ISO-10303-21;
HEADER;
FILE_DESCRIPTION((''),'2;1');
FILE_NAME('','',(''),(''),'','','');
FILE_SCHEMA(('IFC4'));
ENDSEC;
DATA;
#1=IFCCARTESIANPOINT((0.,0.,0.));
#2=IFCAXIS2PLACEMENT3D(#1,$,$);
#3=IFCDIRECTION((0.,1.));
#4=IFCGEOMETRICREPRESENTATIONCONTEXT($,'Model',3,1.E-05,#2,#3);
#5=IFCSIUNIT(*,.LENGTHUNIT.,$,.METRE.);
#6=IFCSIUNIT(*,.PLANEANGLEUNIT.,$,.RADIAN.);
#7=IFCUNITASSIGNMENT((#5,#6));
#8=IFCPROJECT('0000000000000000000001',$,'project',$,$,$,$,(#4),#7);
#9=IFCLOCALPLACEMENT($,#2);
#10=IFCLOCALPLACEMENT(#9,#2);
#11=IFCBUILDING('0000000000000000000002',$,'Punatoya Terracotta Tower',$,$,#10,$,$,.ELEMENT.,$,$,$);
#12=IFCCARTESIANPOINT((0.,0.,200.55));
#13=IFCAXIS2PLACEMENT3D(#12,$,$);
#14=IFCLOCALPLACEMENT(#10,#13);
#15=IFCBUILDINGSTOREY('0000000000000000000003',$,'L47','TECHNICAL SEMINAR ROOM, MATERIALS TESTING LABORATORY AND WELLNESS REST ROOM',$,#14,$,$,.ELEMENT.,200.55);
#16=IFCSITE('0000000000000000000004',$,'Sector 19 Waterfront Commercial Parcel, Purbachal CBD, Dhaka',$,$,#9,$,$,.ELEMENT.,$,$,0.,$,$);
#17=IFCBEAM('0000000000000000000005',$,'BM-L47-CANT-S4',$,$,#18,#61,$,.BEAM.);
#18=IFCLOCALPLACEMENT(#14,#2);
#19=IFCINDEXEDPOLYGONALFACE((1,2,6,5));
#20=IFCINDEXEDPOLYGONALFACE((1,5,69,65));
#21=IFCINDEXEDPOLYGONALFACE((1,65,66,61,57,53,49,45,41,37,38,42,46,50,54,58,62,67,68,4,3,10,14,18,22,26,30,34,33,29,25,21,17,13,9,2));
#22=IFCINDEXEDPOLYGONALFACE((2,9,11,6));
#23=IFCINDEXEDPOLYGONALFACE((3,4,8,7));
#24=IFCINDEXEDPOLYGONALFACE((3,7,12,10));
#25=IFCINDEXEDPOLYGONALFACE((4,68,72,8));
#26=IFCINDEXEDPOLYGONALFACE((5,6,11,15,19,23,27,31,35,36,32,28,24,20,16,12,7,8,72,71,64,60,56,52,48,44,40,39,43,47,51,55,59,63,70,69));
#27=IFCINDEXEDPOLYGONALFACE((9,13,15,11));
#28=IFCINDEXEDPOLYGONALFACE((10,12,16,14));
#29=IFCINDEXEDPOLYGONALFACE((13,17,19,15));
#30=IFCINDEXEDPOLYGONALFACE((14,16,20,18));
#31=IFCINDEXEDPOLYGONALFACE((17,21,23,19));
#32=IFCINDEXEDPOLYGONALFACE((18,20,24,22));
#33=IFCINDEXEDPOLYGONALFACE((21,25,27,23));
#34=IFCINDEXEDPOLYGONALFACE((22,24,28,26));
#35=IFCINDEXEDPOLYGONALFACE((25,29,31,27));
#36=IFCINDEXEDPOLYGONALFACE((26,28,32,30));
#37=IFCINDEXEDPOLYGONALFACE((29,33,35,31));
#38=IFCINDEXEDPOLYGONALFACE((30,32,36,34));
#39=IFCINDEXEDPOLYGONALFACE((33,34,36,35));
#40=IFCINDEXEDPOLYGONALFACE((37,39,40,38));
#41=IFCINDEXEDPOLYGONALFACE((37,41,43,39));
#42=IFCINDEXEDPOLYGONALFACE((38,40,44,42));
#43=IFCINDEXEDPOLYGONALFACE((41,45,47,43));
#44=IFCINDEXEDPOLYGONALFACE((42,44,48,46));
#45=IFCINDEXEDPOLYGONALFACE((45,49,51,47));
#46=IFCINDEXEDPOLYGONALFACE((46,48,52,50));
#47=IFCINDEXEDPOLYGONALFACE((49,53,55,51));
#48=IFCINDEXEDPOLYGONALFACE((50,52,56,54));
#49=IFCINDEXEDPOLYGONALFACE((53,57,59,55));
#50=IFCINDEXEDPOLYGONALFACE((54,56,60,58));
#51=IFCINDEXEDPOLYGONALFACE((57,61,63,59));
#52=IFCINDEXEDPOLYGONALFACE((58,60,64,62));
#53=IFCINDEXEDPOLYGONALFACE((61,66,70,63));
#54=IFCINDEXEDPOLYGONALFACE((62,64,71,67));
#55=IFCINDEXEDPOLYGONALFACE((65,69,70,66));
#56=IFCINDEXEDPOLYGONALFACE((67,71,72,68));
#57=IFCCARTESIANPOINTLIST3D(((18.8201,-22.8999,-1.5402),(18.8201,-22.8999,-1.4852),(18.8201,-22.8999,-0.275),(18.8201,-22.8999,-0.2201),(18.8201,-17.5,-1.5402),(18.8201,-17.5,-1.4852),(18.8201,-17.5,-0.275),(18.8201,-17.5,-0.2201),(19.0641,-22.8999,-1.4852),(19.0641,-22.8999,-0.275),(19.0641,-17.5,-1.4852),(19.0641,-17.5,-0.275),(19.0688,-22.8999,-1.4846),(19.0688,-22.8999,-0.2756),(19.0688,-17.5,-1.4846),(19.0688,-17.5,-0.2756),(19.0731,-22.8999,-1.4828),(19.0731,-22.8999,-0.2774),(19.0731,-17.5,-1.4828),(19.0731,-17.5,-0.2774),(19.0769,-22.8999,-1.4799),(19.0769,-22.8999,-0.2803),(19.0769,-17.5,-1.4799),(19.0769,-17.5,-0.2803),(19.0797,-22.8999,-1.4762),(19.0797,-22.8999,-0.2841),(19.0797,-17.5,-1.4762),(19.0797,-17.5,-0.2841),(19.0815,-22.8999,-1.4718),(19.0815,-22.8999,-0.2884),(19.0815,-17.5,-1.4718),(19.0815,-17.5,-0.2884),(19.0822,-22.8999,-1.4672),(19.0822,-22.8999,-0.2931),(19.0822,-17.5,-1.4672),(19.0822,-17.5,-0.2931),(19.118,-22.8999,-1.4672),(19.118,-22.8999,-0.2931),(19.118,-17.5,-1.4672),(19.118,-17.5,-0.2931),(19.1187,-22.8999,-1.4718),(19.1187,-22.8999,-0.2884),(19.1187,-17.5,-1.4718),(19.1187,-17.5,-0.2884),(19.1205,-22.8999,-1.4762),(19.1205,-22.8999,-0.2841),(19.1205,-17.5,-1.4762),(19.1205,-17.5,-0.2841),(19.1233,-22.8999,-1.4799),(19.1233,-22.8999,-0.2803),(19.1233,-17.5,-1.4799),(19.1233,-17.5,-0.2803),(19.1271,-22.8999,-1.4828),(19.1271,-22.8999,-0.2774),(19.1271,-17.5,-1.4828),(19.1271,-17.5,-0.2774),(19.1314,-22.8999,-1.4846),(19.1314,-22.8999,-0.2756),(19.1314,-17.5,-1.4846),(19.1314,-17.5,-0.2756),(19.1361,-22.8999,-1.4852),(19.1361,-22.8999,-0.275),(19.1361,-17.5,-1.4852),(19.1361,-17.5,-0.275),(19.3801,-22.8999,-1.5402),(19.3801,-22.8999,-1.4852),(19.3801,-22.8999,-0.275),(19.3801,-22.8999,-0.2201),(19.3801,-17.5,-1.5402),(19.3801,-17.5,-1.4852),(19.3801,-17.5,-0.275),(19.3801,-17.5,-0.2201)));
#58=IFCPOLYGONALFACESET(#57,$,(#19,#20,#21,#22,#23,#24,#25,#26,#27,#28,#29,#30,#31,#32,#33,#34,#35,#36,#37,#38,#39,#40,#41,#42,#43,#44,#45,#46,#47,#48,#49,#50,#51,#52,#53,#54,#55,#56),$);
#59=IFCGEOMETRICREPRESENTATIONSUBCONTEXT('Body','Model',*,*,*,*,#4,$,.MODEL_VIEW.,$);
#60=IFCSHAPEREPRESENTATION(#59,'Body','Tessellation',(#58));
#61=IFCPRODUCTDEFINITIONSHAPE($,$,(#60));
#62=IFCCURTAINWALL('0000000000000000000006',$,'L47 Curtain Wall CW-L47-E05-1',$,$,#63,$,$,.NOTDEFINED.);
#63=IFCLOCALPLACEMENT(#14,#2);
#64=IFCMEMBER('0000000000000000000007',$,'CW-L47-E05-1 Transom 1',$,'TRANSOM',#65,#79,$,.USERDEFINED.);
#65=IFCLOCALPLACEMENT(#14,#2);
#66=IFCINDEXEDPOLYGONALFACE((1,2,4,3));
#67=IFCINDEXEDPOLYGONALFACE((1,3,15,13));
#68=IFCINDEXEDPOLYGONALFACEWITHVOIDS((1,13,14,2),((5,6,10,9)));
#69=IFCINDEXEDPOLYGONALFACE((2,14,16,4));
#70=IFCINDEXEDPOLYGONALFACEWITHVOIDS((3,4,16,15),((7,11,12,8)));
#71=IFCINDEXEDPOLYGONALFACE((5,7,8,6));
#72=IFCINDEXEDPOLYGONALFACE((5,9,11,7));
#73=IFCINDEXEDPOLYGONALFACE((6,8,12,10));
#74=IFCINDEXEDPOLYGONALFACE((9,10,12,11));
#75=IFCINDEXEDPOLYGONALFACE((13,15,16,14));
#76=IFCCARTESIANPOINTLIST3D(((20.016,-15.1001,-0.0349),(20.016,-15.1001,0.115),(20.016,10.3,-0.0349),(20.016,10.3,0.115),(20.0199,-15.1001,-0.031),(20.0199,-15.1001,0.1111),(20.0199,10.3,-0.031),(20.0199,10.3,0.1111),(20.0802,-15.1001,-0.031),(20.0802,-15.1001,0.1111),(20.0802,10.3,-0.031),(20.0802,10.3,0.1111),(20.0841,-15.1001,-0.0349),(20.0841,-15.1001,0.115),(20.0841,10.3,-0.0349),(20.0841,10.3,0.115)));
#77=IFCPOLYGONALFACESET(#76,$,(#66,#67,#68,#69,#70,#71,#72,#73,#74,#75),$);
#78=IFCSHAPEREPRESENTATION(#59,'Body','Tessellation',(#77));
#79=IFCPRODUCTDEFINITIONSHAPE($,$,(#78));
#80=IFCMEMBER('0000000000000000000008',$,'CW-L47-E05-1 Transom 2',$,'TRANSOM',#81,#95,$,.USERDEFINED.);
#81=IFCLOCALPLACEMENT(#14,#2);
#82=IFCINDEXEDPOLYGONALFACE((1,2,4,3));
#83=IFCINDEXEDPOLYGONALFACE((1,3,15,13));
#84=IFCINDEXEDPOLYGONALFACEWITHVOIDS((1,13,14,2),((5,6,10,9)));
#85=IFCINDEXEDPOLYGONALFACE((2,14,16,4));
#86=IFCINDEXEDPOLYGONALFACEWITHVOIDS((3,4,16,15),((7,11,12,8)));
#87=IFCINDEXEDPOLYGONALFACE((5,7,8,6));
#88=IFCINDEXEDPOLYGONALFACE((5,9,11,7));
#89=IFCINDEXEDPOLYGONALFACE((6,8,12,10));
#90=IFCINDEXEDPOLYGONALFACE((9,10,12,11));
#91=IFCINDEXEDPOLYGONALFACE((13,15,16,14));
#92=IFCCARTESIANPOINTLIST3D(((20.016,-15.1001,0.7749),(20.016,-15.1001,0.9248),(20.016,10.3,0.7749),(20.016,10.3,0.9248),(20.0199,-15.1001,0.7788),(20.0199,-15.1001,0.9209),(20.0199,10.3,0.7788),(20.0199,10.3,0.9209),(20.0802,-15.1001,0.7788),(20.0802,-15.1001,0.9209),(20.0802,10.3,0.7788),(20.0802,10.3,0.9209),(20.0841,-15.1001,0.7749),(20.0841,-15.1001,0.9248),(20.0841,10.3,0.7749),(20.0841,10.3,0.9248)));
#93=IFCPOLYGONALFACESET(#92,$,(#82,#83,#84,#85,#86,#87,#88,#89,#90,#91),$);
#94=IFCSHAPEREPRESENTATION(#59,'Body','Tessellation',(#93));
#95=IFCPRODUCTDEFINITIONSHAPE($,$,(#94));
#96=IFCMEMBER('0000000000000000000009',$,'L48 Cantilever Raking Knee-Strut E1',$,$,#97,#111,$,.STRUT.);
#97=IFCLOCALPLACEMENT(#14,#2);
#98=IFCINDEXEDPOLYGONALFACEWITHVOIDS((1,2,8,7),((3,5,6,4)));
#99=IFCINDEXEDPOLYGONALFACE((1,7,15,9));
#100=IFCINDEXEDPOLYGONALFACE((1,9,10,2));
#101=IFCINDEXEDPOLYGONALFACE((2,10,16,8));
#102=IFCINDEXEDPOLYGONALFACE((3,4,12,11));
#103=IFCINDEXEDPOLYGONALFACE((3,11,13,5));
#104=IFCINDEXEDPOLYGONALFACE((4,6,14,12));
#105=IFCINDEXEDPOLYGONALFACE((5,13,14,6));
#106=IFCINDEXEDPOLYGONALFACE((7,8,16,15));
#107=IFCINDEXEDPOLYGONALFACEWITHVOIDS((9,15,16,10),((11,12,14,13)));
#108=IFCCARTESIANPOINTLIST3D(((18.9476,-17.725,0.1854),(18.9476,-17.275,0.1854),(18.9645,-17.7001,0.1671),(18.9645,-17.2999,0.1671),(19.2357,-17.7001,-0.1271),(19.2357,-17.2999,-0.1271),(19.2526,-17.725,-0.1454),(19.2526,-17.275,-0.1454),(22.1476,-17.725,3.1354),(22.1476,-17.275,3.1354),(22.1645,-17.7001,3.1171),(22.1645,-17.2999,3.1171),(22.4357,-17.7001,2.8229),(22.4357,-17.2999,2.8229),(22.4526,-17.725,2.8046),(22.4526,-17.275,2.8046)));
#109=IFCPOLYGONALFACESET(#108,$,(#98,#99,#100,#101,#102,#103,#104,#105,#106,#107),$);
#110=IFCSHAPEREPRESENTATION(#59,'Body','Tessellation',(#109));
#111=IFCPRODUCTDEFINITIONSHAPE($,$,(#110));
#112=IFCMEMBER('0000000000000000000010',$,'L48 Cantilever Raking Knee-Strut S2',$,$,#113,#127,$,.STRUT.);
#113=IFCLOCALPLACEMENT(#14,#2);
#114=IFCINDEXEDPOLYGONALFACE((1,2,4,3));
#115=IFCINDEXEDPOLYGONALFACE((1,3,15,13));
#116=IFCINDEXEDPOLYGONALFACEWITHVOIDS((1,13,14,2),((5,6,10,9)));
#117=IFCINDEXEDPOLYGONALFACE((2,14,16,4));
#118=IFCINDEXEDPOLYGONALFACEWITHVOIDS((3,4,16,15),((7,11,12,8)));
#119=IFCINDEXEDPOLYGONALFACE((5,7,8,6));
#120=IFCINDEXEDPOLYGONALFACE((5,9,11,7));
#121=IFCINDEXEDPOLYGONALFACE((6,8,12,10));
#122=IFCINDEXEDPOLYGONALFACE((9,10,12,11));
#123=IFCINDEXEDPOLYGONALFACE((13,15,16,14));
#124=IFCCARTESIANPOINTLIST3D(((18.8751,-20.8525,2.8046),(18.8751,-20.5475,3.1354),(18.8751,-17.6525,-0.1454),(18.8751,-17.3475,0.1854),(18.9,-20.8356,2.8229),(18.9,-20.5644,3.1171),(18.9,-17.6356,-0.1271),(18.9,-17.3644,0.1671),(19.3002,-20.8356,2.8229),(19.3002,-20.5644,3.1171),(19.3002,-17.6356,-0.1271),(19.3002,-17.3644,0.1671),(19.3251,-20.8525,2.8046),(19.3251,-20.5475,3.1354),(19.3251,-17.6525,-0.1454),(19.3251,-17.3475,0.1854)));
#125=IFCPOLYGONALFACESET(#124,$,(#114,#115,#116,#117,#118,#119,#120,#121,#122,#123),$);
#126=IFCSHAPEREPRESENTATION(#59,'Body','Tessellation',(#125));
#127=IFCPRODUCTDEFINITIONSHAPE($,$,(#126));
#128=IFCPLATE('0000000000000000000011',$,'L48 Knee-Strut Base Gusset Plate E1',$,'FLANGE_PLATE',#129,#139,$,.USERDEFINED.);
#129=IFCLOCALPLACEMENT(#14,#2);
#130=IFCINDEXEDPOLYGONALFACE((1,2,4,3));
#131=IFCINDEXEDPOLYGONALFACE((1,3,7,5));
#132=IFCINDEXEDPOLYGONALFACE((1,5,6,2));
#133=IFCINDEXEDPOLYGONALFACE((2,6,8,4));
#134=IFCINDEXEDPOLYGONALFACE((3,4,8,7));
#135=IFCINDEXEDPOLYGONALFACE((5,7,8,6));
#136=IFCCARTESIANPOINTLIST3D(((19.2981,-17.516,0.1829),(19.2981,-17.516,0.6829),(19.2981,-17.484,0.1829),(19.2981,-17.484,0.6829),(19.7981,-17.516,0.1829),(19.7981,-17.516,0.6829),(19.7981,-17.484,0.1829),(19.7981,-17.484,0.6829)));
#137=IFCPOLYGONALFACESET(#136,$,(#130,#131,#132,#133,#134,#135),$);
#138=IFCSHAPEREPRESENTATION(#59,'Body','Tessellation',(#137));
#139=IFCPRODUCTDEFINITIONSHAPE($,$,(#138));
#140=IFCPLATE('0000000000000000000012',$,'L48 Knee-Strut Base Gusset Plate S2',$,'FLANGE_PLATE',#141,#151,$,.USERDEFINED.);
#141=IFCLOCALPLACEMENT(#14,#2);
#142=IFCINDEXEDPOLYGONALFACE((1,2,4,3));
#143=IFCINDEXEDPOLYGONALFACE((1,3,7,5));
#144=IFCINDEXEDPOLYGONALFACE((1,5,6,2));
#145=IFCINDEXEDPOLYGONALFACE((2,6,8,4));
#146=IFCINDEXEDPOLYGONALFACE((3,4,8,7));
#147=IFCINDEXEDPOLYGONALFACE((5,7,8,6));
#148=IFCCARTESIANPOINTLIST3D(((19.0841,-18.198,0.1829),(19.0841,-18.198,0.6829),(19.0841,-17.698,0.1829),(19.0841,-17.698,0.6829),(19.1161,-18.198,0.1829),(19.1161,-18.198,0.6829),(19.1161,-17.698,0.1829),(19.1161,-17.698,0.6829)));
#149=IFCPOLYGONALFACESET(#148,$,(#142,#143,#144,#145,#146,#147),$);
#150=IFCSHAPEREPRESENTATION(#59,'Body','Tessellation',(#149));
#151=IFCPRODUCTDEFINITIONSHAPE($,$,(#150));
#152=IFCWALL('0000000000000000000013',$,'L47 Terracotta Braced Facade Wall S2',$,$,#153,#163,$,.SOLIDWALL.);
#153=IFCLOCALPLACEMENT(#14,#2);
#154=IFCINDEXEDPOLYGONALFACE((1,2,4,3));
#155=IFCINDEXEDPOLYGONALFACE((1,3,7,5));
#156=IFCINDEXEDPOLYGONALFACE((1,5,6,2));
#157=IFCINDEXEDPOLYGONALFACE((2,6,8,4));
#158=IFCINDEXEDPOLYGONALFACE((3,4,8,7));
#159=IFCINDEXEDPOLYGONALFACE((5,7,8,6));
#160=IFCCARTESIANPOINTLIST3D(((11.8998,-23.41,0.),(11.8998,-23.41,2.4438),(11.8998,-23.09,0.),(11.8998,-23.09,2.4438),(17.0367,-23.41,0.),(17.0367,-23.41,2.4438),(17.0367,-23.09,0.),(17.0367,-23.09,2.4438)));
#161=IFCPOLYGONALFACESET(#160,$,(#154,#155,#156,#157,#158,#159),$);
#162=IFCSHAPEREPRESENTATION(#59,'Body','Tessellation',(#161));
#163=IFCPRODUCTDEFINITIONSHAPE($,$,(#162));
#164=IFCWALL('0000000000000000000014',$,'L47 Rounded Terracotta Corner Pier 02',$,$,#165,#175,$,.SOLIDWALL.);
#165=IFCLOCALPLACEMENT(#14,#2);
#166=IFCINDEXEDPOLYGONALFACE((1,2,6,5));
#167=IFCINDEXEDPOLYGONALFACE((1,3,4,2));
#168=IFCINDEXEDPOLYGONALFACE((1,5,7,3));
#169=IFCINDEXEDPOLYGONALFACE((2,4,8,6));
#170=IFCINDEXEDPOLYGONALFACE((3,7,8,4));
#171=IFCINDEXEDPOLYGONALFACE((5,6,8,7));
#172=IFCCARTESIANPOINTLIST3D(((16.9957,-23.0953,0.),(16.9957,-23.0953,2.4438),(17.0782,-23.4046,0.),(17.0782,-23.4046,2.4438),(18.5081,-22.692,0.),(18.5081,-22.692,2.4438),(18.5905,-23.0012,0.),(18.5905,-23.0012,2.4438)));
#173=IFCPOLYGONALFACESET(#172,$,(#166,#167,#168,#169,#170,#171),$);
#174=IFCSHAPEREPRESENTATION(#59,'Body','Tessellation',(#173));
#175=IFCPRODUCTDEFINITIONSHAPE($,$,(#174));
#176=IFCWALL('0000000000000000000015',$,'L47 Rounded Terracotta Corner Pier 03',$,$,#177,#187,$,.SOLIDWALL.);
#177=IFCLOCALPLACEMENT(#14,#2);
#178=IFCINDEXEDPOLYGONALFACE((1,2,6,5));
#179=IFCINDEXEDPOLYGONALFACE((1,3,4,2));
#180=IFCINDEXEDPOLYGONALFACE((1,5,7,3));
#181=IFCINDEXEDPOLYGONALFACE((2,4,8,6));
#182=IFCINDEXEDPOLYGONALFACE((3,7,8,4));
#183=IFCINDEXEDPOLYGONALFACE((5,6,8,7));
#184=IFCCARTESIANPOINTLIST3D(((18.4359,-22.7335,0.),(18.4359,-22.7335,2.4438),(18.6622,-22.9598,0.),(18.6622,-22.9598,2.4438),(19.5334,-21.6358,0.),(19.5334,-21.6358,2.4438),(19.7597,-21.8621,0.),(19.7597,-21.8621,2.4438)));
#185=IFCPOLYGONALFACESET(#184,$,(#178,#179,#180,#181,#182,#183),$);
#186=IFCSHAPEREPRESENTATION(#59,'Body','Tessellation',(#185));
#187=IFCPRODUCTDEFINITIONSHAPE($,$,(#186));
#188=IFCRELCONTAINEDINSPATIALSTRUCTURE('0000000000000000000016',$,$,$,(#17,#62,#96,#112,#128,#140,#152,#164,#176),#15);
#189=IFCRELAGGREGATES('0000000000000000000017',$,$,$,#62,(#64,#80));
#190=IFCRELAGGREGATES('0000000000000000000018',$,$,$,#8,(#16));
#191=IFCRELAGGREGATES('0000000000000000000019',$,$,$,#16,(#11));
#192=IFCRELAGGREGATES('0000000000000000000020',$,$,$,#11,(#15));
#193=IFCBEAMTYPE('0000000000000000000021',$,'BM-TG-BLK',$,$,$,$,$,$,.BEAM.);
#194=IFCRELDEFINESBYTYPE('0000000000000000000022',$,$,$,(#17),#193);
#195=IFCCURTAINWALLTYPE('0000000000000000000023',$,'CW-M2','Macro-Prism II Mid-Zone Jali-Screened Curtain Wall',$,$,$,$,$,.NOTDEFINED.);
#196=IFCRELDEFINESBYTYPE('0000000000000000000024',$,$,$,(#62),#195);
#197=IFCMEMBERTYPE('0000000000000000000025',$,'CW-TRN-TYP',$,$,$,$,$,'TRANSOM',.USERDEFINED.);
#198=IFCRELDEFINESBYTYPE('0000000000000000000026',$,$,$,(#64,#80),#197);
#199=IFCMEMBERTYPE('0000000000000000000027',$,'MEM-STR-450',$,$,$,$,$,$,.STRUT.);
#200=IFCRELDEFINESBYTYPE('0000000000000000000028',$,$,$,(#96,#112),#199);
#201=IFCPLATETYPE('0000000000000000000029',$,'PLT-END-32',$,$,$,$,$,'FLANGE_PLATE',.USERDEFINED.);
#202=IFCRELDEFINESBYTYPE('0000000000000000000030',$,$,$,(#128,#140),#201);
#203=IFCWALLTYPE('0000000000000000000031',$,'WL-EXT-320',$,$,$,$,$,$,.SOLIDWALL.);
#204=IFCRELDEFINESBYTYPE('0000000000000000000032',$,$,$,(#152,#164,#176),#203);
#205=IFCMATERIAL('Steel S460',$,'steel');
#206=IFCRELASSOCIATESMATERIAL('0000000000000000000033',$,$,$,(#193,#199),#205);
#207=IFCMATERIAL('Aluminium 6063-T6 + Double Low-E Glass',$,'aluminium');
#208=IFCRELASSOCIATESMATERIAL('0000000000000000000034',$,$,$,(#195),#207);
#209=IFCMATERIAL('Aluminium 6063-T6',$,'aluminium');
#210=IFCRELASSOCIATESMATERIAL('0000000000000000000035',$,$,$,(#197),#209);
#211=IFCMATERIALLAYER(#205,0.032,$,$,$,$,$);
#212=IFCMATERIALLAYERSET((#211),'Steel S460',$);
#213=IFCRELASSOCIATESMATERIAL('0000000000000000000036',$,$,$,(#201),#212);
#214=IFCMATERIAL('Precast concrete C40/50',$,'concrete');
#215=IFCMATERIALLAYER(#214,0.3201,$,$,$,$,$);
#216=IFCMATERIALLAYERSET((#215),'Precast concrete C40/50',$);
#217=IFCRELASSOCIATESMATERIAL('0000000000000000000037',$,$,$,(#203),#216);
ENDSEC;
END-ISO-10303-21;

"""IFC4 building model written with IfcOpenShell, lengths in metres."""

from ifc_helpers import new_model, si_unit, direction, frame, frame_2d, origin, origin_2d, place, context, subcontext, project, spatial, rectangle, hollow_rectangle, i_section, extrude, material, layer, layer_set, material_profile, profile_set, type_object, element, aggregate, save


model = new_model("IFC4")

# Units and contexts
model_context = context("Model", 3, precision=1e-05, world=origin(), true_north=direction((0.0, 1.0)))
body_context = subcontext(model_context, "Body", "Model", "MODEL_VIEW")
ifc_project = project(units=[si_unit("LENGTHUNIT", "METRE"), si_unit("PLANEANGLEUNIT", "RADIAN")], contexts=[model_context])

# Site, building, storey
site_placement = place(None, origin())
site = spatial("IfcSite", under=ifc_project, at=site_placement, Name="Sector 19 Waterfront Commercial Parcel, Purbachal CBD, Dhaka", CompositionType="ELEMENT", RefElevation=0.0)
building_placement = place(site_placement, origin())
building = spatial("IfcBuilding", under=site, at=building_placement, Name="Punatoya Terracotta Tower", CompositionType="ELEMENT")
storey_placement = place(building_placement, frame((0.0, 0.0, 200.55)))
storey = spatial("IfcBuildingStorey", under=building, at=storey_placement, Name="L47", Description="TECHNICAL SEMINAR ROOM, MATERIALS TESTING LABORATORY AND WELLNESS REST ROOM", CompositionType="ELEMENT", Elevation=200.55)

# Shared definitions
ifc_material_1 = material(Name="Steel S460", Category="steel")

# Beam
ifc_material_profile_1 = material_profile(ifc_material_1, i_section(OverallWidth=0.5601, OverallDepth=1.3201, WebThickness=0.0359, FlangeThickness=0.0549, FilletRadius=0.0181, at=origin_2d()))
ifc_profile_set_1 = profile_set([ifc_material_profile_1], Name="Steel S460")
beam_type_1 = type_object("IfcBeamType", Name="BM-TG-BLK", PredefinedType="BEAM", material=ifc_profile_set_1)
beam_1_placement = place(storey_placement, frame((19.1001, -22.8999, -0.8801), z_axis=(0.0, 1.0, 0.0), x_axis=(-1.0, 0.0, 0.0)))
element("IfcBeam", 1, at=beam_1_placement, inside=storey, type_object=beam_type_1, Name="BM-L47-CANT-S4", PredefinedType="BEAM", context=body_context, shape_type="SweptSolid", body=[
    extrude(i_section(OverallWidth=0.5601, OverallDepth=1.3201, WebThickness=0.0359, FlangeThickness=0.0549, FilletRadius=0.0181, at=origin_2d()), origin(), (0.0, 0.0, 1.0), 5.3999),
])

# Curtain wall, members
ifc_material_2 = material(Name="Aluminium 6063-T6 + Double Low-E Glass", Category="aluminium")
curtain_wall_type = type_object("IfcCurtainWallType", Name="CW-M2", Description="Macro-Prism II Mid-Zone Jali-Screened Curtain Wall", PredefinedType="NOTDEFINED", material=ifc_material_2)
curtain_wall_placement = place(storey_placement, origin())
curtain_wall = element("IfcCurtainWall", 2, at=curtain_wall_placement, inside=storey, type_object=curtain_wall_type, Name="L47 Curtain Wall CW-L47-E05-1", PredefinedType="NOTDEFINED")
ifc_material_3 = material(Name="Aluminium 6063-T6", Category="aluminium")
ifc_material_profile_2 = material_profile(ifc_material_3, hollow_rectangle(XDim=0.0681, YDim=0.1499, WallThickness=0.0039, at=origin_2d()))
ifc_profile_set_2 = profile_set([ifc_material_profile_2], Name="Aluminium 6063-T6")
member_type_1 = type_object("IfcMemberType", Name="CW-TRN-TYP", ElementType="TRANSOM", PredefinedType="USERDEFINED", material=ifc_profile_set_2)
member_1_placement = place(storey_placement, frame((20.05, -15.1001, 0.04), z_axis=(0.0, 1.0, 0.0), x_axis=(-1.0, 0.0, 0.0)))
member_1 = element("IfcMember", 3, at=member_1_placement, type_object=member_type_1, Name="CW-L47-E05-1 Transom 1", ObjectType="TRANSOM", PredefinedType="USERDEFINED", context=body_context, shape_type="SweptSolid", body=[
    extrude(hollow_rectangle(XDim=0.0681, YDim=0.1499, WallThickness=0.0039, at=origin_2d()), origin(), (0.0, 0.0, 1.0), 25.4001),
])
member_2_placement = place(storey_placement, frame((20.05, -15.1001, 0.8499), z_axis=(0.0, 1.0, 0.0), x_axis=(-1.0, 0.0, 0.0)))
member_2 = element("IfcMember", 4, at=member_2_placement, type_object=member_type_1, Name="CW-L47-E05-1 Transom 2", ObjectType="TRANSOM", PredefinedType="USERDEFINED", context=body_context, shape_type="SweptSolid", body=[
    extrude(hollow_rectangle(XDim=0.0681, YDim=0.1499, WallThickness=0.0039, at=origin_2d()), origin(), (0.0, 0.0, 1.0), 25.4001),
])
aggregate(curtain_wall, [member_1, member_2])

# Members
ifc_material_profile_3 = material_profile(ifc_material_1, hollow_rectangle(XDim=0.45, YDim=0.45, WallThickness=0.0249, at=origin_2d()))
ifc_profile_set_3 = profile_set([ifc_material_profile_3], Name="Steel S460")
member_type_2 = type_object("IfcMemberType", Name="MEM-STR-450", PredefinedType="STRUT", material=ifc_profile_set_3)
for number, where, z_axis, x_axis, name in (
    (5, (19.1001, -17.5, 0.02), (0.735244, 0.0, 0.677802), (0.0, 1.0, 0.0), "L48 Cantilever Raking Knee-Strut E1"),
    (6, (19.1001, -17.5, 0.02), (0.0, -0.735244, 0.677802), (1.0, 0.0, 0.0), "L48 Cantilever Raking Knee-Strut S2"),
):
    element("IfcMember", number, at=place(storey_placement, frame(where, z_axis=z_axis, x_axis=x_axis)), inside=storey, type_object=member_type_2, Name=name, PredefinedType="STRUT", context=body_context, shape_type="SweptSolid", body=[
        extrude(hollow_rectangle(XDim=0.45, YDim=0.45, WallThickness=0.0249, at=origin_2d()), origin(), (0.0, 0.0, 1.0), 4.3523),
    ])

# Plates
ifc_layer_1 = layer(ifc_material_1, 0.032)
ifc_layer_set_1 = layer_set([ifc_layer_1], Name="Steel S460")
plate_type = type_object("IfcPlateType", Name="PLT-END-32", ElementType="FLANGE_PLATE", PredefinedType="USERDEFINED", material=ifc_layer_set_1)
for number, where, z_axis, x_axis, name in (
    (7, (19.5481, -17.5, 0.1829), (0.0, 0.0, 1.0), (1.0, 0.0, 0.0), "L48 Knee-Strut Base Gusset Plate E1"),
    (8, (19.1001, -17.948, 0.1829), (0.0, 0.0, 1.0), (0.0, 1.0, 0.0), "L48 Knee-Strut Base Gusset Plate S2"),
):
    element("IfcPlate", number, at=place(storey_placement, frame(where, z_axis=z_axis, x_axis=x_axis)), inside=storey, type_object=plate_type, Name=name, ObjectType="FLANGE_PLATE", PredefinedType="USERDEFINED", context=body_context, shape_type="SweptSolid", body=[
        extrude(rectangle(XDim=0.5, YDim=0.032, at=origin_2d()), origin(), (0.0, 0.0, 1.0), 0.5),
    ])

# Walls
ifc_material_4 = material(Name="Precast concrete C40/50", Category="concrete")
ifc_layer_2 = layer(ifc_material_4, 0.3201)
ifc_layer_set_2 = layer_set([ifc_layer_2], Name="Precast concrete C40/50")
wall_type = type_object("IfcWallType", Name="WL-EXT-320", PredefinedType="SOLIDWALL", material=ifc_layer_set_2)
wall_1_placement = place(storey_placement, frame((11.8999, -23.25, 0.0), z_axis=(0.0, 0.0, 1.0), x_axis=(1.0, 0.0, 0.0)))
element("IfcWall", 9, at=wall_1_placement, inside=storey, type_object=wall_type, Name="L47 Terracotta Braced Facade Wall S2", PredefinedType="SOLIDWALL", context=body_context, shape_type="SweptSolid", body=[
    extrude(rectangle(XDim=5.137, YDim=0.3201, at=frame_2d((2.5684, 0.0))), origin(), (0.0, 0.0, 1.0), 2.4438),
])
wall_2_placement = place(storey_placement, frame((17.0369, -23.25, 0.0), z_axis=(0.0, 0.0, 1.0), x_axis=(0.966225, 0.257701, 0.0)))
element("IfcWall", 10, at=wall_2_placement, inside=storey, type_object=wall_type, Name="L47 Rounded Terracotta Corner Pier 02", PredefinedType="SOLIDWALL", context=body_context, shape_type="SweptSolid", body=[
    extrude(rectangle(XDim=1.5652, YDim=0.3201, at=frame_2d((0.7827, 0.0))), origin(), (0.0, 0.0, 1.0), 2.4438),
])
wall_3_placement = place(storey_placement, frame((18.5491, -22.8467, 0.0), z_axis=(0.0, 0.0, 1.0), x_axis=(0.707028, 0.707185, 0.0)))
element("IfcWall", 11, at=wall_3_placement, inside=storey, type_object=wall_type, Name="L47 Rounded Terracotta Corner Pier 03", PredefinedType="SOLIDWALL", context=body_context, shape_type="SweptSolid", body=[
    extrude(rectangle(XDim=1.5522, YDim=0.3201, at=frame_2d((0.7761, 0.0))), origin(), (0.0, 0.0, 1.0), 2.4438),
])

save(model, "model.ifc")
